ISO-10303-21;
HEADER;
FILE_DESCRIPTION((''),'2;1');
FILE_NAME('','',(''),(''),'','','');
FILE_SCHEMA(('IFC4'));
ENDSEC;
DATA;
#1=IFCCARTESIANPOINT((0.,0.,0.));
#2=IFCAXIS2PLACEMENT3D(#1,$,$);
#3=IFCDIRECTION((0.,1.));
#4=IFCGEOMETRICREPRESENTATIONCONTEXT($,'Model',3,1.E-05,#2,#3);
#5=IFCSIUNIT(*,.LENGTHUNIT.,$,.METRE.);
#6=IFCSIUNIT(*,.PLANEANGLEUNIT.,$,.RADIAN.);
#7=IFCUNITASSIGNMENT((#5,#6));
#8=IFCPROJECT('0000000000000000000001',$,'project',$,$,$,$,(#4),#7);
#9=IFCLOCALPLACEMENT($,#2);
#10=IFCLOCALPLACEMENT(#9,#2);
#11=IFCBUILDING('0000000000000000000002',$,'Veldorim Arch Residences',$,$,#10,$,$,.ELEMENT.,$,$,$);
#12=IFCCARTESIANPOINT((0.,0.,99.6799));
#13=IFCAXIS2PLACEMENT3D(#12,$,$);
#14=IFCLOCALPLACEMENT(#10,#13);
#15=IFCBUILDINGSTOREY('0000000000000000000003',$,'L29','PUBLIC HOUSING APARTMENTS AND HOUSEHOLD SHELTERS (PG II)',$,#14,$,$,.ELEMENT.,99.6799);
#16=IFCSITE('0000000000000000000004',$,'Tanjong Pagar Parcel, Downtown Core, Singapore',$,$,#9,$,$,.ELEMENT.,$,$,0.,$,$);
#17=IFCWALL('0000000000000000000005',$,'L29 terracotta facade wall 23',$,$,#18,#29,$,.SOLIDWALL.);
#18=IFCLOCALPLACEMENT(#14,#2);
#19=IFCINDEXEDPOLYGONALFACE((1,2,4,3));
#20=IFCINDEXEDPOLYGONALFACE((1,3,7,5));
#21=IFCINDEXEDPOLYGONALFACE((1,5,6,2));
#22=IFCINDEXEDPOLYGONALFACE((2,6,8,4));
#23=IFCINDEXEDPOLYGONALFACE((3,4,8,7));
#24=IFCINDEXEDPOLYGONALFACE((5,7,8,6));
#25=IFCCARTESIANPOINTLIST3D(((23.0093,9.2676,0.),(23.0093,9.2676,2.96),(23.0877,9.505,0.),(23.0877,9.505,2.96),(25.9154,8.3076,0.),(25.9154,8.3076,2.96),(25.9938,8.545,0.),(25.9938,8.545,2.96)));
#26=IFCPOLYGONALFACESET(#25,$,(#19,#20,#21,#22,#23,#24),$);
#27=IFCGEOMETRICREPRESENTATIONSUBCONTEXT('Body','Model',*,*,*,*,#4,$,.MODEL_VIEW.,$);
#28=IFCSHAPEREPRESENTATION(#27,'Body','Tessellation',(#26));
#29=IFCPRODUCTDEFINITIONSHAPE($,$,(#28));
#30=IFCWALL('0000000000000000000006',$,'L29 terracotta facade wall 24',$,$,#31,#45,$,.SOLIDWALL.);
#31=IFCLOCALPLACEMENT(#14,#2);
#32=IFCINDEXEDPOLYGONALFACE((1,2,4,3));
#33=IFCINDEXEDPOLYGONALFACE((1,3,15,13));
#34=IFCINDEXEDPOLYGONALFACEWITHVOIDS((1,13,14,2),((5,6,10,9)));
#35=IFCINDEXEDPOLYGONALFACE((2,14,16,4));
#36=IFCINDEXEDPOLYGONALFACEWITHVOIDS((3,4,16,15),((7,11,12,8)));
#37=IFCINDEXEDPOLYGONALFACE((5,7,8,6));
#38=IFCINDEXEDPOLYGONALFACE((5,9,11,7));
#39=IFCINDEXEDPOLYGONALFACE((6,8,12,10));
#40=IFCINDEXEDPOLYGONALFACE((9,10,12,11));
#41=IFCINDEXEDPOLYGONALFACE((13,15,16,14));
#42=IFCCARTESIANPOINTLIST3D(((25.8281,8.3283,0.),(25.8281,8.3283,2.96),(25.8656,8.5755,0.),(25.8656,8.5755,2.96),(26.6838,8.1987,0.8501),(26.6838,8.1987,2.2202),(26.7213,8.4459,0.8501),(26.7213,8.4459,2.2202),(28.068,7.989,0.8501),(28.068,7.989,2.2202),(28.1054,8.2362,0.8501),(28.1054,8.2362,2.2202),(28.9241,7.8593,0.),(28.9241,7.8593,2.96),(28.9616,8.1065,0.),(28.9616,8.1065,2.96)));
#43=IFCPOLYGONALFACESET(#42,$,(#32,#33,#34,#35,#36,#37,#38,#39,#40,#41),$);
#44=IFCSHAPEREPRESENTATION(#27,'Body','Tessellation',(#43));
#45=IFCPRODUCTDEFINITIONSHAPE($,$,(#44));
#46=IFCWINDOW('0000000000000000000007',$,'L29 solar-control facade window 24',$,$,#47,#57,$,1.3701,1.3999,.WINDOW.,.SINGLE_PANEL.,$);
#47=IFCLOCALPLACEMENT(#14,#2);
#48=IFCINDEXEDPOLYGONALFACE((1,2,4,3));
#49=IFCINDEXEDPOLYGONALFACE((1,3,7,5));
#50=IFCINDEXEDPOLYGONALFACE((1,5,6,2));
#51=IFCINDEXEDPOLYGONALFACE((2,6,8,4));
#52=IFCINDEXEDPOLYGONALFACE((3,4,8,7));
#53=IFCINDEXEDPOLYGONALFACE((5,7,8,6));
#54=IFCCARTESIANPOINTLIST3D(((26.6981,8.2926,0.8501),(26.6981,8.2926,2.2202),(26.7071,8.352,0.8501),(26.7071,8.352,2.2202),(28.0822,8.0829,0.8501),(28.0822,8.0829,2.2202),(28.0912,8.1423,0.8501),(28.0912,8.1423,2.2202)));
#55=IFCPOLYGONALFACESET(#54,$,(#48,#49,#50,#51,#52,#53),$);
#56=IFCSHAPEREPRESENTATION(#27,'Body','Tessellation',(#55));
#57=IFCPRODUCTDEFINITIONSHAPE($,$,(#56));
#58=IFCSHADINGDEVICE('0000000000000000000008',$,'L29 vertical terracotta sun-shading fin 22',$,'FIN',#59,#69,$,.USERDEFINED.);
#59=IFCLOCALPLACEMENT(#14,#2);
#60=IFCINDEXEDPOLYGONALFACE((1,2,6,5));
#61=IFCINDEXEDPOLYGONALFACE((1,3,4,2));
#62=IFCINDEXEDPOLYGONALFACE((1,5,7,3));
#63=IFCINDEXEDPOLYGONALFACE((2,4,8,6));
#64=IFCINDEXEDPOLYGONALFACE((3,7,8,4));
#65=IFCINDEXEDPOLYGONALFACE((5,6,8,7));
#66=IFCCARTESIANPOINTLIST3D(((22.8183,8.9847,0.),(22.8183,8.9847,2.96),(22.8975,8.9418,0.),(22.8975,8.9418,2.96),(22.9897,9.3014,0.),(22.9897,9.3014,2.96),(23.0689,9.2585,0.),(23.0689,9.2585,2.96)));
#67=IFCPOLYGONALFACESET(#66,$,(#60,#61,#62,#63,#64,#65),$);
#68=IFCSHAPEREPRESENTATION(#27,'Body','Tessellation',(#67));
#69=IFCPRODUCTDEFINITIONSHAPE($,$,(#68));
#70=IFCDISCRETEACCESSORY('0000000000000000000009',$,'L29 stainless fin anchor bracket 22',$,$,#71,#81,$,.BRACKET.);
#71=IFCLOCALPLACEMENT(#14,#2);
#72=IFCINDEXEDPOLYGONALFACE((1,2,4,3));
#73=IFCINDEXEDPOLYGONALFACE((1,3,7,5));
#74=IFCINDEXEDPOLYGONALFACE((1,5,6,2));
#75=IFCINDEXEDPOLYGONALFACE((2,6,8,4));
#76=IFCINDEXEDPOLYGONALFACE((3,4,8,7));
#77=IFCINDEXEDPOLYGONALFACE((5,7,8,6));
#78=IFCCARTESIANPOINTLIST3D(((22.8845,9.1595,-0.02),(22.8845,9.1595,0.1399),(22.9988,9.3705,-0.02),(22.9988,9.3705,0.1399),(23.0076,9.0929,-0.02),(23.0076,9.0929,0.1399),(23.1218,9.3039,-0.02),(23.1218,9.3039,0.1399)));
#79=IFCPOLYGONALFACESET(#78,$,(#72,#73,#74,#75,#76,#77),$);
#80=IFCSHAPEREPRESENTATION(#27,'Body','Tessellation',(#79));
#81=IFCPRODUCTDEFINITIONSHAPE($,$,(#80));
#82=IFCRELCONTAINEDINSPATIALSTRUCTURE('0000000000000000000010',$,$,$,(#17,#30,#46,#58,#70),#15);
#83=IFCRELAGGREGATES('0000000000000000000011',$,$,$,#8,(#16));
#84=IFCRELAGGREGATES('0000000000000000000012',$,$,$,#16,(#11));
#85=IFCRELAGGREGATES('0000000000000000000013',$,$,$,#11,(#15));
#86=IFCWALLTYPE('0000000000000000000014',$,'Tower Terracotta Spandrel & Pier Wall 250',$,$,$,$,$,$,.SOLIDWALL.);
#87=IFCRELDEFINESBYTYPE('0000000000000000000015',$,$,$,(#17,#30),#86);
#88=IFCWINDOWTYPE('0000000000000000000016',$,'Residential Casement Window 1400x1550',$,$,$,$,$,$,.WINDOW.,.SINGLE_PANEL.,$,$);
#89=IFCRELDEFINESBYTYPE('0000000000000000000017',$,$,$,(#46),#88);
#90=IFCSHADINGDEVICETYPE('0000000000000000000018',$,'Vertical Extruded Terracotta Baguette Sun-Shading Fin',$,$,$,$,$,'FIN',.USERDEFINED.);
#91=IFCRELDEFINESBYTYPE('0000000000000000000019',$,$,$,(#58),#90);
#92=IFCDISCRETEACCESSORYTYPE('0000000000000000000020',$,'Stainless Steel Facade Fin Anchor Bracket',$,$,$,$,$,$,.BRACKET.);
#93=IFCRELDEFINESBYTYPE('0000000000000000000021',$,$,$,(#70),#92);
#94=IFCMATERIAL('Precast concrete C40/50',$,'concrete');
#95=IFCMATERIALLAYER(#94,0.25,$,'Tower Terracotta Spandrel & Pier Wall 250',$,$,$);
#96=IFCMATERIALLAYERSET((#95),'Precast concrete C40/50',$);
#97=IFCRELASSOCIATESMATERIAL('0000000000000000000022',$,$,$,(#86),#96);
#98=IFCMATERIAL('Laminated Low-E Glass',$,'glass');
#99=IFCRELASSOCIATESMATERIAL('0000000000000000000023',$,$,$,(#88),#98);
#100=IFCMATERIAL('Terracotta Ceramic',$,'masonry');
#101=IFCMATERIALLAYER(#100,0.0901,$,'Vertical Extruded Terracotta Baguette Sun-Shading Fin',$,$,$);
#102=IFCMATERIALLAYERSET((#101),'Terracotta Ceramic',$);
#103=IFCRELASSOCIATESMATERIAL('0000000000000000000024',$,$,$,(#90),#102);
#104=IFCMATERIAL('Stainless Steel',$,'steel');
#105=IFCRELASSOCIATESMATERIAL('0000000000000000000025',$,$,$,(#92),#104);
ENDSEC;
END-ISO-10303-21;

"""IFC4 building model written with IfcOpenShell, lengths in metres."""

from ifc_helpers import new_model, si_unit, direction, frame, frame_2d, origin, origin_2d, place, context, subcontext, project, spatial, rectangle, extrude, material, layer, layer_set, type_object, element, fill, save


model = new_model("IFC4")

# Units and contexts
model_context = context("Model", 3, precision=1e-05, world=origin(), true_north=direction((0.0, 1.0)))
body_context = subcontext(model_context, "Body", "Model", "MODEL_VIEW")
ifc_project = project(units=[si_unit("LENGTHUNIT", "METRE"), si_unit("PLANEANGLEUNIT", "RADIAN")], contexts=[model_context])

# Site, building, storey
site_placement = place(None, origin())
site = spatial("IfcSite", under=ifc_project, at=site_placement, Name="Tanjong Pagar Parcel, Downtown Core, Singapore", CompositionType="ELEMENT", RefElevation=0.0)
building_placement = place(site_placement, origin())
building = spatial("IfcBuilding", under=site, at=building_placement, Name="Veldorim Arch Residences", CompositionType="ELEMENT")
storey_placement = place(building_placement, frame((0.0, 0.0, 99.6799)))
storey = spatial("IfcBuildingStorey", under=building, at=storey_placement, Name="L29", Description="PUBLIC HOUSING APARTMENTS AND HOUSEHOLD SHELTERS (PG II)", CompositionType="ELEMENT", Elevation=99.6799)

# Wall
ifc_material_1 = material(Name="Precast concrete C40/50", Category="concrete")
ifc_layer_1 = layer(ifc_material_1, 0.25, Name="Tower Terracotta Spandrel & Pier Wall 250")
ifc_layer_set_1 = layer_set([ifc_layer_1], Name="Precast concrete C40/50")
wall_type_1 = type_object("IfcWallType", Name="Tower Terracotta Spandrel & Pier Wall 250", PredefinedType="SOLIDWALL", material=ifc_layer_set_1)
wall_1_placement = place(storey_placement, frame((25.9546, 8.4263, 0.0), z_axis=(0.0, 0.0, 1.0), x_axis=(-0.949533, 0.313666, 0.0)))
element("IfcWall", 1, at=wall_1_placement, inside=storey, type_object=wall_type_1, Name="L29 terracotta facade wall 23", PredefinedType="SOLIDWALL", context=body_context, shape_type="SweptSolid", body=[
    extrude(rectangle(XDim=3.0605, YDim=0.25, at=frame_2d((1.5303, 0.0))), origin(), (0.0, 0.0, 1.0), 2.96),
])

# Wall, opening, window
wall_2_placement = place(storey_placement, frame((28.9429, 7.9829, 0.0), z_axis=(0.0, 0.0, 1.0), x_axis=(-0.98872, 0.149778, 0.0)))
wall_2 = element("IfcWall", 2, at=wall_2_placement, inside=storey, type_object=wall_type_1, Name="L29 terracotta facade wall 24", PredefinedType="SOLIDWALL", context=body_context, shape_type="SweptSolid", body=[
    extrude(rectangle(XDim=3.1313, YDim=0.25, at=frame_2d((1.5657, 0.0))), origin(), (0.0, 0.0, 1.0), 2.96),
])
opening_1_placement = place(wall_2_placement, frame((0.866, 0.0, 0.8501)))
opening_1 = element("IfcOpeningElement", 3, at=opening_1_placement, cuts=wall_2, PredefinedType="OPENING", context=body_context, shape_type="SweptSolid", body=[
    extrude(rectangle(XDim=1.3999, YDim=1.3701, at=frame_2d((0.7, 0.6851))), frame((0.0, 0.135, 0.0), z_axis=(0.0, -1.0, 0.0), x_axis=(1.0, 0.0, 0.0)), (0.0, 0.0, 1.0), 0.27),
])
ifc_material_2 = material(Name="Laminated Low-E Glass", Category="glass")
window_type = type_object("IfcWindowType", Name="Residential Casement Window 1400x1550", PartitioningType="SINGLE_PANEL", PredefinedType="WINDOW", material=ifc_material_2)
window_placement = place(opening_1_placement, origin())
window = element("IfcWindow", 4, at=window_placement, inside=storey, type_object=window_type, Name="L29 solar-control facade window 24", OverallHeight=1.3701, OverallWidth=1.3999, PartitioningType="SINGLE_PANEL", PredefinedType="WINDOW", context=body_context, shape_type="SweptSolid", body=[
    extrude(rectangle(XDim=1.3999, YDim=1.3701, at=frame_2d((0.7, 0.6851))), frame((0.0, 0.03, 0.0), z_axis=(0.0, -1.0, 0.0), x_axis=(1.0, 0.0, 0.0)), (0.0, 0.0, 1.0), 0.0601),
])
fill(opening_1, window)

# Shading device
ifc_material_3 = material(Name="Terracotta Ceramic", Category="masonry")
ifc_layer_2 = layer(ifc_material_3, 0.0901, Name="Vertical Extruded Terracotta Baguette Sun-Shading Fin")
ifc_layer_set_2 = layer_set([ifc_layer_2], Name="Terracotta Ceramic")
shading_device_type = type_object("IfcShadingDeviceType", Name="Vertical Extruded Terracotta Baguette Sun-Shading Fin", ElementType="FIN", PredefinedType="USERDEFINED", material=ifc_layer_set_2)
shading_device_placement = place(storey_placement, frame((22.9436, 9.1216, 0.0), z_axis=(0.0, 0.0, 1.0), x_axis=(-0.879399, 0.476085, 0.0)))
element("IfcShadingDevice", 5, at=shading_device_placement, inside=storey, type_object=shading_device_type, Name="L29 vertical terracotta sun-shading fin 22", ObjectType="FIN", PredefinedType="USERDEFINED", context=body_context, shape_type="SweptSolid", body=[
    extrude(rectangle(XDim=0.0901, YDim=0.3601, at=origin_2d()), origin(), (0.0, 0.0, 1.0), 2.96),
])

# Discrete accessory
ifc_material_4 = material(Name="Stainless Steel", Category="steel")
discrete_accessory_type = type_object("IfcDiscreteAccessoryType", Name="Stainless Steel Facade Fin Anchor Bracket", PredefinedType="BRACKET", material=ifc_material_4)
discrete_accessory_placement = place(storey_placement, frame((23.0032, 9.2317, -0.02), z_axis=(0.0, 0.0, 1.0), x_axis=(-0.879399, 0.476085, 0.0)))
element("IfcDiscreteAccessory", 6, at=discrete_accessory_placement, inside=storey, type_object=discrete_accessory_type, Name="L29 stainless fin anchor bracket 22", PredefinedType="BRACKET", context=body_context, shape_type="SweptSolid", body=[
    extrude(rectangle(XDim=0.1399, YDim=0.24, at=origin_2d()), origin(), (0.0, 0.0, 1.0), 0.1599),
])

save(model, "model.ifc")
